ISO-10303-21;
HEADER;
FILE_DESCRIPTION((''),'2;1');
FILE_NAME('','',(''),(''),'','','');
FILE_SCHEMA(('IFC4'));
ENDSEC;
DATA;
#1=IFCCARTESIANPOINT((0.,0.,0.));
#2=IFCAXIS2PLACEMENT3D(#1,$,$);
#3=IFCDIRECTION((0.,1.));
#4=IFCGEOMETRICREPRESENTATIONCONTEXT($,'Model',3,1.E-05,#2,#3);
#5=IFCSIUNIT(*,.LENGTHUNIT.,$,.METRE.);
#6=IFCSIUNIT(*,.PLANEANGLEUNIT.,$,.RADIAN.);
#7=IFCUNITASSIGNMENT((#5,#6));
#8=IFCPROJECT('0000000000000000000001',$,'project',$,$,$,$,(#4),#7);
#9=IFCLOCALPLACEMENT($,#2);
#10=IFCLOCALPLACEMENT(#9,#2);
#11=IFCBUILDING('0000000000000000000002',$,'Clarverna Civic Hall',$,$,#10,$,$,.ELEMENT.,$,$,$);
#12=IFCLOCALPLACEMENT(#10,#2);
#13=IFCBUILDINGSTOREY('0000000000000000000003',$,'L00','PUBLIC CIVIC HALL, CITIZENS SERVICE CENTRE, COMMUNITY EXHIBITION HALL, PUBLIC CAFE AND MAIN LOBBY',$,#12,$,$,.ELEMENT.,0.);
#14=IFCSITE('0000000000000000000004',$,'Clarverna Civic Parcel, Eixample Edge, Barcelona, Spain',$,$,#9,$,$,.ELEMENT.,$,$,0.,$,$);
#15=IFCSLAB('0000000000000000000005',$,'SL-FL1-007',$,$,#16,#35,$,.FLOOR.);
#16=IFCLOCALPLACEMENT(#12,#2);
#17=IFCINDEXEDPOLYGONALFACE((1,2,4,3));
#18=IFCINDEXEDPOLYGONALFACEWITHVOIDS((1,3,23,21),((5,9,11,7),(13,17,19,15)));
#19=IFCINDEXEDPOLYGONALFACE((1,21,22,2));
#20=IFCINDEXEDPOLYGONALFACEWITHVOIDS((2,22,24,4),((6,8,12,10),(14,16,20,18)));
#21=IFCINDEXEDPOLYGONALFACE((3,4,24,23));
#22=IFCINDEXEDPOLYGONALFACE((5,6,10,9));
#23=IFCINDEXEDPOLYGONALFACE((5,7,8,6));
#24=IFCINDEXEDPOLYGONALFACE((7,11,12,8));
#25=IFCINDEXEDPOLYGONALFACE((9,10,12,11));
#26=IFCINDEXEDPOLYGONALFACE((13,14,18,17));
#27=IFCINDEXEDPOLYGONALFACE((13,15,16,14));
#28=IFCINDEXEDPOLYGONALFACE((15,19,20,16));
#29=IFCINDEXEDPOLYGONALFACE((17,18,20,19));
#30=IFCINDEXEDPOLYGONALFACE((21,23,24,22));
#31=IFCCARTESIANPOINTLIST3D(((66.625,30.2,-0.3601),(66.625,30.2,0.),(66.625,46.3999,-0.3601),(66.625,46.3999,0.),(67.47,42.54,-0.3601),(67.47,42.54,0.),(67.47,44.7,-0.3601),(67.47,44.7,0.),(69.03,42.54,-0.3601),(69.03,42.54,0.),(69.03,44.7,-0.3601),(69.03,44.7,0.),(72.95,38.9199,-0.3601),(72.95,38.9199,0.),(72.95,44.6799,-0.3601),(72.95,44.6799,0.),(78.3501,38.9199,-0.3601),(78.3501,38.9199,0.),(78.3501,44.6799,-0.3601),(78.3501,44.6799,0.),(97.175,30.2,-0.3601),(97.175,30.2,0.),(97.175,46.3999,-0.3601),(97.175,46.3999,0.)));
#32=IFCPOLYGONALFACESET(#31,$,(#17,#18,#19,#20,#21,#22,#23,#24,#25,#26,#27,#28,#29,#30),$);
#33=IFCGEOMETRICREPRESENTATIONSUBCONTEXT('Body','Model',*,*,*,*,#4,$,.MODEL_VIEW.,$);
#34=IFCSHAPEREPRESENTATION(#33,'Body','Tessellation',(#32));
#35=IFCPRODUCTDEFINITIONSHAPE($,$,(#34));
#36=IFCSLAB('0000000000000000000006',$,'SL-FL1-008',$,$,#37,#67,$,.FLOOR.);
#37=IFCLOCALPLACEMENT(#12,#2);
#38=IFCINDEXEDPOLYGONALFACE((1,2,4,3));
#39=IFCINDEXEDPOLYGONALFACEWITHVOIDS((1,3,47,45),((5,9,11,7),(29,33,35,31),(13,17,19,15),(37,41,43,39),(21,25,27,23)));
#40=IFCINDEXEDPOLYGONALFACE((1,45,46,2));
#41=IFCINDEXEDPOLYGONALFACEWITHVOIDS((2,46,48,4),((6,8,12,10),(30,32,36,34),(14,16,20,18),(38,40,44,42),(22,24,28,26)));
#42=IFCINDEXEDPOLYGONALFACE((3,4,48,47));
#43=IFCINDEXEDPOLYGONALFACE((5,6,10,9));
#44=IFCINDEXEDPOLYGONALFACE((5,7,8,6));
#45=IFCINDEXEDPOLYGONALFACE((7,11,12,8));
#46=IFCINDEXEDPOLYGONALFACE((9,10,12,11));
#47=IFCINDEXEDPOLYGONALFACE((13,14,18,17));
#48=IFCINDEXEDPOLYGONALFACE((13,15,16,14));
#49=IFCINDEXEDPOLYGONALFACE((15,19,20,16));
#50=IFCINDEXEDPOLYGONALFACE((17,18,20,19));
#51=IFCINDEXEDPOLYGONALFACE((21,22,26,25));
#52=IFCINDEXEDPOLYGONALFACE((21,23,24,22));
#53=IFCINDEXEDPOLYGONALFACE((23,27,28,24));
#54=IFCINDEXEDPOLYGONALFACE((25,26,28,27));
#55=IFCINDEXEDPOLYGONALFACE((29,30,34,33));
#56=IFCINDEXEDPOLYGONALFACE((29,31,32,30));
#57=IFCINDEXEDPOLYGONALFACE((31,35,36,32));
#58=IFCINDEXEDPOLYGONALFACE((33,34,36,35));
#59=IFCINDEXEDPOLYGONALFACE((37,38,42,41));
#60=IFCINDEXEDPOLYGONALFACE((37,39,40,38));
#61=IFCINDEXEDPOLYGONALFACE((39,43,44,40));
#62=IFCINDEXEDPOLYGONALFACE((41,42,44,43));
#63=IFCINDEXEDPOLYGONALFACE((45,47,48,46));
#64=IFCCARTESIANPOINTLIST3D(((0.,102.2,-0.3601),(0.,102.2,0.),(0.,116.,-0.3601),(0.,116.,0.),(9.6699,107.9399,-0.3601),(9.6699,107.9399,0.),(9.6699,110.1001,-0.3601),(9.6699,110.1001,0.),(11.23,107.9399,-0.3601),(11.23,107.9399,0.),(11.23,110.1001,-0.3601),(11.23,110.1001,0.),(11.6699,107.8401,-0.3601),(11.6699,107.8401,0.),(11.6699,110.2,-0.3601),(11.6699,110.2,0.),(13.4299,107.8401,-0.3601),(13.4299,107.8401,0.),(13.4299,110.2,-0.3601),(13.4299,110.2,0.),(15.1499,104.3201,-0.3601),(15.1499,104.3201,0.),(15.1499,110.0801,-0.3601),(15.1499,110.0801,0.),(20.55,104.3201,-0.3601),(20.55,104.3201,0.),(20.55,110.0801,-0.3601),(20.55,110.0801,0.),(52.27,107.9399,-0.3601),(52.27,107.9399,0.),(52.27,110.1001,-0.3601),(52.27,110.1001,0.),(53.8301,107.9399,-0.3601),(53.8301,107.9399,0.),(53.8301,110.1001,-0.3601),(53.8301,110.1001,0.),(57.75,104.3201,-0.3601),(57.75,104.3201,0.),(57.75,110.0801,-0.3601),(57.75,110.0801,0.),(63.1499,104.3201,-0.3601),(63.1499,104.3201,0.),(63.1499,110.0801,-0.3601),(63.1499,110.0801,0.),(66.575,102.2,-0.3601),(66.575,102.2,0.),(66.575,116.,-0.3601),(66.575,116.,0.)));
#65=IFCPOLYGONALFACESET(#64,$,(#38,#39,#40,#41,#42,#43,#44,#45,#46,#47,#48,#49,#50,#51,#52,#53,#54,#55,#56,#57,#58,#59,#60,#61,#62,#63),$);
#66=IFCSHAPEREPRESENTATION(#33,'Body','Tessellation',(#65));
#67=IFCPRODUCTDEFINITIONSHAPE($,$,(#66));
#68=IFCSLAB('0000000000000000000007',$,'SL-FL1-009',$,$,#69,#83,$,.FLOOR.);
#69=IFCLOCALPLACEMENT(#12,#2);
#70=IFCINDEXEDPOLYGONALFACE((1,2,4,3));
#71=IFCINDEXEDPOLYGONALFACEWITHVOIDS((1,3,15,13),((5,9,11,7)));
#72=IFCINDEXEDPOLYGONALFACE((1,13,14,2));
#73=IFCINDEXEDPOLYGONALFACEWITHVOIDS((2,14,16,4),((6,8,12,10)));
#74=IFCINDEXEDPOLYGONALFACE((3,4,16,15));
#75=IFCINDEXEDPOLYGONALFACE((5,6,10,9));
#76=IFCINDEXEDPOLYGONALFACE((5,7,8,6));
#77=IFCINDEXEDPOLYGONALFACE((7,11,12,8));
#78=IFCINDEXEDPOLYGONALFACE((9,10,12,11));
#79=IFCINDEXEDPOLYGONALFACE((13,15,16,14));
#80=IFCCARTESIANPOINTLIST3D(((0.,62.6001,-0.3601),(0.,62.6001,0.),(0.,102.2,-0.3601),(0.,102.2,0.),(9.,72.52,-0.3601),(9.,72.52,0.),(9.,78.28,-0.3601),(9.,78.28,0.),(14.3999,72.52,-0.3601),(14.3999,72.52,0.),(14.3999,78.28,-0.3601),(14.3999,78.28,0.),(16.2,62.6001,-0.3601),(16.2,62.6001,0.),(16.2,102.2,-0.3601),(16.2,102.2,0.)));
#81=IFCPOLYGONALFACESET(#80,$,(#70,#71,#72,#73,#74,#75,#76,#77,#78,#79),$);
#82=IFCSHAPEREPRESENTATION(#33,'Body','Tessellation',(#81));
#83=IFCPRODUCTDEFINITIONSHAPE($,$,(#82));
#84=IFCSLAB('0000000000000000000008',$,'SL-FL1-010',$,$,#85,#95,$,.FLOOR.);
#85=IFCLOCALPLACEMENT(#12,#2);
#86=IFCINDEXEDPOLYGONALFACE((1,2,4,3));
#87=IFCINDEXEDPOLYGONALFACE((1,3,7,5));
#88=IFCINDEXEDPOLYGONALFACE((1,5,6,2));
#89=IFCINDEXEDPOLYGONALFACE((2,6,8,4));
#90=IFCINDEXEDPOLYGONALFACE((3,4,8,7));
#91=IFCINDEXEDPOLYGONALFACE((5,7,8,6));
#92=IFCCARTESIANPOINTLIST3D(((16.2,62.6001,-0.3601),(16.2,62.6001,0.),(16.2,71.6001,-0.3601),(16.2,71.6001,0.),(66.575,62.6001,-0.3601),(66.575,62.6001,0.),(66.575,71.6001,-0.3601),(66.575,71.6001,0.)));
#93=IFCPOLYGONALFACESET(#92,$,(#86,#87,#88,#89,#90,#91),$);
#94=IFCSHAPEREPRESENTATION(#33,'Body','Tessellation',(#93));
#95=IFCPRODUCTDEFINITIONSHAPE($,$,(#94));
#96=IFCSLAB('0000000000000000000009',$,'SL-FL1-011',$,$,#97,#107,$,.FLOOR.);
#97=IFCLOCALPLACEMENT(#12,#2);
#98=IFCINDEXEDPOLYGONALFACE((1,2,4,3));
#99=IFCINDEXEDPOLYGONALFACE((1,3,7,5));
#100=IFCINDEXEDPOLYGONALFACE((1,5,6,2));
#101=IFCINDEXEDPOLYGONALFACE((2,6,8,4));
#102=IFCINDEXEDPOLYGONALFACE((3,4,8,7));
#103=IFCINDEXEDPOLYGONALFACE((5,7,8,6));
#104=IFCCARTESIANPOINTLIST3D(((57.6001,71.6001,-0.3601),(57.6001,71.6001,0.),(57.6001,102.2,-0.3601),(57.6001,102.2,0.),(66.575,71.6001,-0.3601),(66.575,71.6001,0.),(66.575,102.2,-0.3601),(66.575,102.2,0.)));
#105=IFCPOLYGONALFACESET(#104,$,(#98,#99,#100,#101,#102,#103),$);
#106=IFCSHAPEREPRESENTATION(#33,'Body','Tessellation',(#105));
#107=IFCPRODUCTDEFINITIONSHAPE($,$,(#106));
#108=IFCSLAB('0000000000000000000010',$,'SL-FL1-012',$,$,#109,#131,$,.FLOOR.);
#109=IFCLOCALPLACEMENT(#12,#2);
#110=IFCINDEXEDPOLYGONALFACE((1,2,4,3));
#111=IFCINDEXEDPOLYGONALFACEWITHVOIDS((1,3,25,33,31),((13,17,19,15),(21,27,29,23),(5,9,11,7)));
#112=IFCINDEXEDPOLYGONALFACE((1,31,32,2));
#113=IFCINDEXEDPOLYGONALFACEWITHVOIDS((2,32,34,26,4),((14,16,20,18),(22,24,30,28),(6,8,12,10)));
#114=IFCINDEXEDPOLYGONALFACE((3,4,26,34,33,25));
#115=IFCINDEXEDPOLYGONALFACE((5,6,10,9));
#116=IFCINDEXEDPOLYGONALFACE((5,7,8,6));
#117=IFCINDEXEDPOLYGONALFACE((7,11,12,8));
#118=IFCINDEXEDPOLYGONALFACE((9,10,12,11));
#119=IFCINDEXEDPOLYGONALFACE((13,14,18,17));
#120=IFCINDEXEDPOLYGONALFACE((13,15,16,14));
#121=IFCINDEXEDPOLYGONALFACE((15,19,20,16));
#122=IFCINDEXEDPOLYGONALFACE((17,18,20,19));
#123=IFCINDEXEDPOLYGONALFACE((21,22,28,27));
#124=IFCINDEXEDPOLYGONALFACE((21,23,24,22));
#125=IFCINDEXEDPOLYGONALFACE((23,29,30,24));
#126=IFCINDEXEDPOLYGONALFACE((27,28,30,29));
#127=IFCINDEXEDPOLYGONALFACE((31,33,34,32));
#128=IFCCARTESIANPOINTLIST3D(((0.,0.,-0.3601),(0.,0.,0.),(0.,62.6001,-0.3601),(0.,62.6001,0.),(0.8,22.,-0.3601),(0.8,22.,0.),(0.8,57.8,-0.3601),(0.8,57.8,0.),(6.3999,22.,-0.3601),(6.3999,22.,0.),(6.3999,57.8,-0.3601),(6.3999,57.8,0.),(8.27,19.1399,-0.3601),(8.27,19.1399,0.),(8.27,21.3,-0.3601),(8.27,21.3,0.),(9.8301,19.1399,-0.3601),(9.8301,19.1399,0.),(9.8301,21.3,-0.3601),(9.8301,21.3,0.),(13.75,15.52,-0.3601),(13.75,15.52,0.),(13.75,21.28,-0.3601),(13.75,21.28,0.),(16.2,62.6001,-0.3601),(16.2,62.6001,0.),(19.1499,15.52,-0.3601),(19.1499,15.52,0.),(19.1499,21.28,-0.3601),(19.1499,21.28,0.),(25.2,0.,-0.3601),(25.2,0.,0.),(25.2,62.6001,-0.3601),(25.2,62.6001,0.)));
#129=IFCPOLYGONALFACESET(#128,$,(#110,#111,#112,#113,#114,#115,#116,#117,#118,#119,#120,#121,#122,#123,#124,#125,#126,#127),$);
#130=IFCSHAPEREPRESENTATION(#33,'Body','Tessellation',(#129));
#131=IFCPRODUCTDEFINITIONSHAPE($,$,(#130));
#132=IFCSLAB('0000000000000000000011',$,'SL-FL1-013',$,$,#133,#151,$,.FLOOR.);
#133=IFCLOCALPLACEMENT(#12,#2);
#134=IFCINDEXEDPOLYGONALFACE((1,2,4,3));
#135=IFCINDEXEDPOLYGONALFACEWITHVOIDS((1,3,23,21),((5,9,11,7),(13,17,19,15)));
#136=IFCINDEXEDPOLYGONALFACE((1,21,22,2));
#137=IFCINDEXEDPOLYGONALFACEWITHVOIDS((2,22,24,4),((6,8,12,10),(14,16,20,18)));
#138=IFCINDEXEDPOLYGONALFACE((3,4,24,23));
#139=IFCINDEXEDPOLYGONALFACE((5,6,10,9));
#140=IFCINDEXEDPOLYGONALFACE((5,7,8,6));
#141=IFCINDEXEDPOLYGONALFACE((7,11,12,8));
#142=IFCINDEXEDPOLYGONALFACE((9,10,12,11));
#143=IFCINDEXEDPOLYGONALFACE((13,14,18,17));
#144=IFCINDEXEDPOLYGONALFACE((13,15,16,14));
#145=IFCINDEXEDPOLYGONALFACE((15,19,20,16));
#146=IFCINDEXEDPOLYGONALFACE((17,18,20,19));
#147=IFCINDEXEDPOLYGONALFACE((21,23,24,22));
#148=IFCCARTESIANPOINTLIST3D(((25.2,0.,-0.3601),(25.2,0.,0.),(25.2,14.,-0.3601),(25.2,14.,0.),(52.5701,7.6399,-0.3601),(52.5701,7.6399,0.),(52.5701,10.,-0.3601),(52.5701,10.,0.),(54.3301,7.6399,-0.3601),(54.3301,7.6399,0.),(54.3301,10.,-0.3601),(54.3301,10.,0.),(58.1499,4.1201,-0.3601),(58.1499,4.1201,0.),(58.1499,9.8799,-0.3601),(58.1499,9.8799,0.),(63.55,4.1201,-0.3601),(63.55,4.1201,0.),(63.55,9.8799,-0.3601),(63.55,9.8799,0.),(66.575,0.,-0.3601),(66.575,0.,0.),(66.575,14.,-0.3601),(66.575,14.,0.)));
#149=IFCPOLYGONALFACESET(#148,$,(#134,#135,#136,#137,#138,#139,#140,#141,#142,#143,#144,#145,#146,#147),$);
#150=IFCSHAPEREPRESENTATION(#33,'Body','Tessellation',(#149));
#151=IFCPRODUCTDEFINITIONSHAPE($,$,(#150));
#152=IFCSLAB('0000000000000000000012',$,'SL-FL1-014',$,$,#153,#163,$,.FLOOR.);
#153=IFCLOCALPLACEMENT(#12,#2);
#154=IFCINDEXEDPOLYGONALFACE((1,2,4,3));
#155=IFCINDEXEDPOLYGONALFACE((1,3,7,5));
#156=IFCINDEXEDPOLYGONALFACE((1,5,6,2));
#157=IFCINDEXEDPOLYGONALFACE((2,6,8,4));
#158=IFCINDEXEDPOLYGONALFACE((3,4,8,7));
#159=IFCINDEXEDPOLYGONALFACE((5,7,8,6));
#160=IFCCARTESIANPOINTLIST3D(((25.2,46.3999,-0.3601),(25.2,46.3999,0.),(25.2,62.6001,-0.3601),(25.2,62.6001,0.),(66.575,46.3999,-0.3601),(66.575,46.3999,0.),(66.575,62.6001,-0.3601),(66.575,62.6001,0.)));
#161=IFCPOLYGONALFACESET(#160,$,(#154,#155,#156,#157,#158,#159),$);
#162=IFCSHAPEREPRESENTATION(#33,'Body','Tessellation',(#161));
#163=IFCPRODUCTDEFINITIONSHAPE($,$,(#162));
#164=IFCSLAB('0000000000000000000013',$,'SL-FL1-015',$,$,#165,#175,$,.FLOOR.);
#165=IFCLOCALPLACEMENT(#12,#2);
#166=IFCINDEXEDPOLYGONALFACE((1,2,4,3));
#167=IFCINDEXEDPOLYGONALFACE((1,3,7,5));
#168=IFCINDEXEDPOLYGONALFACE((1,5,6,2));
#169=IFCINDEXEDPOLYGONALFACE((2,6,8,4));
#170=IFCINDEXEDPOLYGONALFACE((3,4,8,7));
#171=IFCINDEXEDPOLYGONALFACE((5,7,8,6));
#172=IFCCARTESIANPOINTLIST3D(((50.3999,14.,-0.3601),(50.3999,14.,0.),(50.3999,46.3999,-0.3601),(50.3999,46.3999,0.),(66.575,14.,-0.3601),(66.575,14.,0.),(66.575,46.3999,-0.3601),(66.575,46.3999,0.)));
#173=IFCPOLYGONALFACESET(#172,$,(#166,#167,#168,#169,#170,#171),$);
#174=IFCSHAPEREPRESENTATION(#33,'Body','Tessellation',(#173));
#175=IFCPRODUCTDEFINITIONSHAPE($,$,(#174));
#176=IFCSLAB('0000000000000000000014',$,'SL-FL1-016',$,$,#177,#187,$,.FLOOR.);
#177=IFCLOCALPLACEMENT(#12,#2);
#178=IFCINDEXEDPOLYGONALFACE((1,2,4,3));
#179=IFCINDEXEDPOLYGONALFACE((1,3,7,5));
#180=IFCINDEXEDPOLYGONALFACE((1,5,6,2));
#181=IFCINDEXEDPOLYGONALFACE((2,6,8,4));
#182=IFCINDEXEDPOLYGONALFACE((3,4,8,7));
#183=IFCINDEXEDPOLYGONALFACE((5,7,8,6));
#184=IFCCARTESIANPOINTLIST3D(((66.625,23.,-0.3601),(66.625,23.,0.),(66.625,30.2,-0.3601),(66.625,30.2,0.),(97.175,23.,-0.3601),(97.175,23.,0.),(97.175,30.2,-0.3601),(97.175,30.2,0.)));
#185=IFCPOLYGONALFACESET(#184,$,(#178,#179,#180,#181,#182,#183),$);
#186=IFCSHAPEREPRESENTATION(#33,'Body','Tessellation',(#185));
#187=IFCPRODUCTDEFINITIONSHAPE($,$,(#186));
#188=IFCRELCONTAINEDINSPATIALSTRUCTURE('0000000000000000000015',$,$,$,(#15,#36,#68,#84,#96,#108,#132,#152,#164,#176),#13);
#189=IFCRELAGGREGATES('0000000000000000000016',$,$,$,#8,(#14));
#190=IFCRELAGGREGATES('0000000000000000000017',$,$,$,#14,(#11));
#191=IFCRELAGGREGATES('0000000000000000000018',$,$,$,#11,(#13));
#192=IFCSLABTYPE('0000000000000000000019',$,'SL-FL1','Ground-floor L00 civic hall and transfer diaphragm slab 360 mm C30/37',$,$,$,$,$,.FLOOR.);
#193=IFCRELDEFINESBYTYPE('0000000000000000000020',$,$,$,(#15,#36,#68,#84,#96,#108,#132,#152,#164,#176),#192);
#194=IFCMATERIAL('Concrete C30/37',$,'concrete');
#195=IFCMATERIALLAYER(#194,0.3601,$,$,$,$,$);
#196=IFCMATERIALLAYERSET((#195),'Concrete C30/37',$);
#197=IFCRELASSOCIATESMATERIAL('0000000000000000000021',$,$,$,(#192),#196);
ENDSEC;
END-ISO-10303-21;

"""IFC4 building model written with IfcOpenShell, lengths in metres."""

from ifc_helpers import new_model, si_unit, direction, frame, origin, place, context, subcontext, project, spatial, polyline, outline, extrude, material, layer, layer_set, type_object, element, save


model = new_model("IFC4")

# Units and contexts
model_context = context("Model", 3, precision=1e-05, world=origin(), true_north=direction((0.0, 1.0)))
body_context = subcontext(model_context, "Body", "Model", "MODEL_VIEW")
ifc_project = project(units=[si_unit("LENGTHUNIT", "METRE"), si_unit("PLANEANGLEUNIT", "RADIAN")], contexts=[model_context])

# Site, building, storey
site_placement = place(None, origin())
site = spatial("IfcSite", under=ifc_project, at=site_placement, Name="Clarverna Civic Parcel, Eixample Edge, Barcelona, Spain", CompositionType="ELEMENT", RefElevation=0.0)
building_placement = place(site_placement, origin())
building = spatial("IfcBuilding", under=site, at=building_placement, Name="Clarverna Civic Hall", CompositionType="ELEMENT")
storey_placement = place(building_placement, origin())
storey = spatial("IfcBuildingStorey", under=building, at=storey_placement, Name="L00", Description="PUBLIC CIVIC HALL, CITIZENS SERVICE CENTRE, COMMUNITY EXHIBITION HALL, PUBLIC CAFE AND MAIN LOBBY", CompositionType="ELEMENT", Elevation=0.0)

# Slabs
ifc_material_1 = material(Name="Concrete C30/37", Category="concrete")
ifc_layer_1 = layer(ifc_material_1, 0.3601)
ifc_layer_set_1 = layer_set([ifc_layer_1], Name="Concrete C30/37")
slab_type_1 = type_object("IfcSlabType", Name="SL-FL1", Description="Ground-floor L00 civic hall and transfer diaphragm slab 360 mm C30/37", PredefinedType="FLOOR", material=ifc_layer_set_1)
slab_1_placement = place(storey_placement, frame((0.0, 0.0, -0.3601)))
element("IfcSlab", 1, at=slab_1_placement, inside=storey, type_object=slab_type_1, Name="SL-FL1-007", PredefinedType="FLOOR", context=body_context, shape_type="SweptSolid", body=[
    extrude(outline(polyline([(97.175, 46.3999), (66.625, 46.3999), (66.625, 30.2), (97.175, 30.2), (97.175, 46.3999)]), holes=[polyline([(72.95, 38.9199), (78.3501, 38.9199), (78.3501, 44.6799), (72.95, 44.6799), (72.95, 38.9199)]), polyline([(67.47, 42.54), (69.03, 42.54), (69.03, 44.7), (67.47, 44.7), (67.47, 42.54)])]), origin(), (0.0, 0.0, 1.0), 0.3601),
])
slab_2_placement = place(storey_placement, frame((0.0, 0.0, -0.3601)))
element("IfcSlab", 2, at=slab_2_placement, inside=storey, type_object=slab_type_1, Name="SL-FL1-008", PredefinedType="FLOOR", context=body_context, shape_type="SweptSolid", body=[
    extrude(outline(polyline([(0.0, 102.2), (66.575, 102.2), (66.575, 116.0), (0.0, 116.0), (0.0, 102.2)]), holes=[polyline([(15.1499, 104.3201), (20.55, 104.3201), (20.55, 110.0801), (15.1499, 110.0801), (15.1499, 104.3201)]), polyline([(9.6699, 107.9399), (11.23, 107.9399), (11.23, 110.1001), (9.6699, 110.1001), (9.6699, 107.9399)]), polyline([(11.6699, 107.8401), (13.4299, 107.8401), (13.4299, 110.2), (11.6699, 110.2), (11.6699, 107.8401)]), polyline([(57.75, 104.3201), (63.1499, 104.3201), (63.1499, 110.0801), (57.75, 110.0801), (57.75, 104.3201)]), polyline([(52.27, 107.9399), (53.8301, 107.9399), (53.8301, 110.1001), (52.27, 110.1001), (52.27, 107.9399)])]), origin(), (0.0, 0.0, 1.0), 0.3601),
])
slab_3_placement = place(storey_placement, frame((0.0, 0.0, -0.3601)))
element("IfcSlab", 3, at=slab_3_placement, inside=storey, type_object=slab_type_1, Name="SL-FL1-009", PredefinedType="FLOOR", context=body_context, shape_type="SweptSolid", body=[
    extrude(outline(polyline([(0.0, 102.2), (0.0, 62.6001), (16.2, 62.6001), (16.2, 102.2), (0.0, 102.2)]), holes=[polyline([(9.0, 72.52), (14.3999, 72.52), (14.3999, 78.28), (9.0, 78.28), (9.0, 72.52)])]), origin(), (0.0, 0.0, 1.0), 0.3601),
])
slab_4_placement = place(storey_placement, frame((0.0, 0.0, -0.3601)))
element("IfcSlab", 4, at=slab_4_placement, inside=storey, type_object=slab_type_1, Name="SL-FL1-010", PredefinedType="FLOOR", context=body_context, shape_type="SweptSolid", body=[
    extrude(outline(polyline([(16.2, 62.6001), (66.575, 62.6001), (66.575, 71.6001), (16.2, 71.6001), (16.2, 62.6001)])), origin(), (0.0, 0.0, 1.0), 0.3601),
])
slab_5_placement = place(storey_placement, frame((0.0, 0.0, -0.3601)))
element("IfcSlab", 5, at=slab_5_placement, inside=storey, type_object=slab_type_1, Name="SL-FL1-011", PredefinedType="FLOOR", context=body_context, shape_type="SweptSolid", body=[
    extrude(outline(polyline([(57.6001, 71.6001), (66.575, 71.6001), (66.575, 102.2), (57.6001, 102.2), (57.6001, 71.6001)])), origin(), (0.0, 0.0, 1.0), 0.3601),
])
slab_6_placement = place(storey_placement, frame((0.0, 0.0, -0.3601)))
element("IfcSlab", 6, at=slab_6_placement, inside=storey, type_object=slab_type_1, Name="SL-FL1-012", PredefinedType="FLOOR", context=body_context, shape_type="SweptSolid", body=[
    extrude(outline(polyline([(0.0, 0.0), (25.2, 0.0), (25.2, 62.6001), (16.2, 62.6001), (0.0, 62.6001), (0.0, 0.0)]), holes=[polyline([(0.8, 22.0), (6.3999, 22.0), (6.3999, 57.8), (0.8, 57.8), (0.8, 22.0)]), polyline([(13.75, 15.52), (19.1499, 15.52), (19.1499, 21.28), (13.75, 21.28), (13.75, 15.52)]), polyline([(8.27, 19.1399), (9.8301, 19.1399), (9.8301, 21.3), (8.27, 21.3), (8.27, 19.1399)])]), origin(), (0.0, 0.0, 1.0), 0.3601),
])
slab_7_placement = place(storey_placement, frame((0.0, 0.0, -0.3601)))
element("IfcSlab", 7, at=slab_7_placement, inside=storey, type_object=slab_type_1, Name="SL-FL1-013", PredefinedType="FLOOR", context=body_context, shape_type="SweptSolid", body=[
    extrude(outline(polyline([(25.2, 0.0), (66.575, 0.0), (66.575, 14.0), (25.2, 14.0), (25.2, 0.0)]), holes=[polyline([(58.1499, 4.1201), (63.55, 4.1201), (63.55, 9.8799), (58.1499, 9.8799), (58.1499, 4.1201)]), polyline([(52.5701, 7.6399), (54.3301, 7.6399), (54.3301, 10.0), (52.5701, 10.0), (52.5701, 7.6399)])]), origin(), (0.0, 0.0, 1.0), 0.3601),
])
slab_8_placement = place(storey_placement, frame((0.0, 0.0, -0.3601)))
element("IfcSlab", 8, at=slab_8_placement, inside=storey, type_object=slab_type_1, Name="SL-FL1-014", PredefinedType="FLOOR", context=body_context, shape_type="SweptSolid", body=[
    extrude(outline(polyline([(25.2, 46.3999), (66.575, 46.3999), (66.575, 62.6001), (25.2, 62.6001), (25.2, 46.3999)])), origin(), (0.0, 0.0, 1.0), 0.3601),
])
slab_9_placement = place(storey_placement, frame((0.0, 0.0, -0.3601)))
element("IfcSlab", 9, at=slab_9_placement, inside=storey, type_object=slab_type_1, Name="SL-FL1-015", PredefinedType="FLOOR", context=body_context, shape_type="SweptSolid", body=[
    extrude(outline(polyline([(50.3999, 14.0), (66.575, 14.0), (66.575, 46.3999), (50.3999, 46.3999), (50.3999, 14.0)])), origin(), (0.0, 0.0, 1.0), 0.3601),
])
slab_10_placement = place(storey_placement, frame((0.0, 0.0, -0.3601)))
element("IfcSlab", 10, at=slab_10_placement, inside=storey, type_object=slab_type_1, Name="SL-FL1-016", PredefinedType="FLOOR", context=body_context, shape_type="SweptSolid", body=[
    extrude(outline(polyline([(97.175, 30.2), (66.625, 30.2), (66.625, 23.0), (97.175, 23.0), (97.175, 30.2)])), origin(), (0.0, 0.0, 1.0), 0.3601),
])

save(model, "model.ifc")
